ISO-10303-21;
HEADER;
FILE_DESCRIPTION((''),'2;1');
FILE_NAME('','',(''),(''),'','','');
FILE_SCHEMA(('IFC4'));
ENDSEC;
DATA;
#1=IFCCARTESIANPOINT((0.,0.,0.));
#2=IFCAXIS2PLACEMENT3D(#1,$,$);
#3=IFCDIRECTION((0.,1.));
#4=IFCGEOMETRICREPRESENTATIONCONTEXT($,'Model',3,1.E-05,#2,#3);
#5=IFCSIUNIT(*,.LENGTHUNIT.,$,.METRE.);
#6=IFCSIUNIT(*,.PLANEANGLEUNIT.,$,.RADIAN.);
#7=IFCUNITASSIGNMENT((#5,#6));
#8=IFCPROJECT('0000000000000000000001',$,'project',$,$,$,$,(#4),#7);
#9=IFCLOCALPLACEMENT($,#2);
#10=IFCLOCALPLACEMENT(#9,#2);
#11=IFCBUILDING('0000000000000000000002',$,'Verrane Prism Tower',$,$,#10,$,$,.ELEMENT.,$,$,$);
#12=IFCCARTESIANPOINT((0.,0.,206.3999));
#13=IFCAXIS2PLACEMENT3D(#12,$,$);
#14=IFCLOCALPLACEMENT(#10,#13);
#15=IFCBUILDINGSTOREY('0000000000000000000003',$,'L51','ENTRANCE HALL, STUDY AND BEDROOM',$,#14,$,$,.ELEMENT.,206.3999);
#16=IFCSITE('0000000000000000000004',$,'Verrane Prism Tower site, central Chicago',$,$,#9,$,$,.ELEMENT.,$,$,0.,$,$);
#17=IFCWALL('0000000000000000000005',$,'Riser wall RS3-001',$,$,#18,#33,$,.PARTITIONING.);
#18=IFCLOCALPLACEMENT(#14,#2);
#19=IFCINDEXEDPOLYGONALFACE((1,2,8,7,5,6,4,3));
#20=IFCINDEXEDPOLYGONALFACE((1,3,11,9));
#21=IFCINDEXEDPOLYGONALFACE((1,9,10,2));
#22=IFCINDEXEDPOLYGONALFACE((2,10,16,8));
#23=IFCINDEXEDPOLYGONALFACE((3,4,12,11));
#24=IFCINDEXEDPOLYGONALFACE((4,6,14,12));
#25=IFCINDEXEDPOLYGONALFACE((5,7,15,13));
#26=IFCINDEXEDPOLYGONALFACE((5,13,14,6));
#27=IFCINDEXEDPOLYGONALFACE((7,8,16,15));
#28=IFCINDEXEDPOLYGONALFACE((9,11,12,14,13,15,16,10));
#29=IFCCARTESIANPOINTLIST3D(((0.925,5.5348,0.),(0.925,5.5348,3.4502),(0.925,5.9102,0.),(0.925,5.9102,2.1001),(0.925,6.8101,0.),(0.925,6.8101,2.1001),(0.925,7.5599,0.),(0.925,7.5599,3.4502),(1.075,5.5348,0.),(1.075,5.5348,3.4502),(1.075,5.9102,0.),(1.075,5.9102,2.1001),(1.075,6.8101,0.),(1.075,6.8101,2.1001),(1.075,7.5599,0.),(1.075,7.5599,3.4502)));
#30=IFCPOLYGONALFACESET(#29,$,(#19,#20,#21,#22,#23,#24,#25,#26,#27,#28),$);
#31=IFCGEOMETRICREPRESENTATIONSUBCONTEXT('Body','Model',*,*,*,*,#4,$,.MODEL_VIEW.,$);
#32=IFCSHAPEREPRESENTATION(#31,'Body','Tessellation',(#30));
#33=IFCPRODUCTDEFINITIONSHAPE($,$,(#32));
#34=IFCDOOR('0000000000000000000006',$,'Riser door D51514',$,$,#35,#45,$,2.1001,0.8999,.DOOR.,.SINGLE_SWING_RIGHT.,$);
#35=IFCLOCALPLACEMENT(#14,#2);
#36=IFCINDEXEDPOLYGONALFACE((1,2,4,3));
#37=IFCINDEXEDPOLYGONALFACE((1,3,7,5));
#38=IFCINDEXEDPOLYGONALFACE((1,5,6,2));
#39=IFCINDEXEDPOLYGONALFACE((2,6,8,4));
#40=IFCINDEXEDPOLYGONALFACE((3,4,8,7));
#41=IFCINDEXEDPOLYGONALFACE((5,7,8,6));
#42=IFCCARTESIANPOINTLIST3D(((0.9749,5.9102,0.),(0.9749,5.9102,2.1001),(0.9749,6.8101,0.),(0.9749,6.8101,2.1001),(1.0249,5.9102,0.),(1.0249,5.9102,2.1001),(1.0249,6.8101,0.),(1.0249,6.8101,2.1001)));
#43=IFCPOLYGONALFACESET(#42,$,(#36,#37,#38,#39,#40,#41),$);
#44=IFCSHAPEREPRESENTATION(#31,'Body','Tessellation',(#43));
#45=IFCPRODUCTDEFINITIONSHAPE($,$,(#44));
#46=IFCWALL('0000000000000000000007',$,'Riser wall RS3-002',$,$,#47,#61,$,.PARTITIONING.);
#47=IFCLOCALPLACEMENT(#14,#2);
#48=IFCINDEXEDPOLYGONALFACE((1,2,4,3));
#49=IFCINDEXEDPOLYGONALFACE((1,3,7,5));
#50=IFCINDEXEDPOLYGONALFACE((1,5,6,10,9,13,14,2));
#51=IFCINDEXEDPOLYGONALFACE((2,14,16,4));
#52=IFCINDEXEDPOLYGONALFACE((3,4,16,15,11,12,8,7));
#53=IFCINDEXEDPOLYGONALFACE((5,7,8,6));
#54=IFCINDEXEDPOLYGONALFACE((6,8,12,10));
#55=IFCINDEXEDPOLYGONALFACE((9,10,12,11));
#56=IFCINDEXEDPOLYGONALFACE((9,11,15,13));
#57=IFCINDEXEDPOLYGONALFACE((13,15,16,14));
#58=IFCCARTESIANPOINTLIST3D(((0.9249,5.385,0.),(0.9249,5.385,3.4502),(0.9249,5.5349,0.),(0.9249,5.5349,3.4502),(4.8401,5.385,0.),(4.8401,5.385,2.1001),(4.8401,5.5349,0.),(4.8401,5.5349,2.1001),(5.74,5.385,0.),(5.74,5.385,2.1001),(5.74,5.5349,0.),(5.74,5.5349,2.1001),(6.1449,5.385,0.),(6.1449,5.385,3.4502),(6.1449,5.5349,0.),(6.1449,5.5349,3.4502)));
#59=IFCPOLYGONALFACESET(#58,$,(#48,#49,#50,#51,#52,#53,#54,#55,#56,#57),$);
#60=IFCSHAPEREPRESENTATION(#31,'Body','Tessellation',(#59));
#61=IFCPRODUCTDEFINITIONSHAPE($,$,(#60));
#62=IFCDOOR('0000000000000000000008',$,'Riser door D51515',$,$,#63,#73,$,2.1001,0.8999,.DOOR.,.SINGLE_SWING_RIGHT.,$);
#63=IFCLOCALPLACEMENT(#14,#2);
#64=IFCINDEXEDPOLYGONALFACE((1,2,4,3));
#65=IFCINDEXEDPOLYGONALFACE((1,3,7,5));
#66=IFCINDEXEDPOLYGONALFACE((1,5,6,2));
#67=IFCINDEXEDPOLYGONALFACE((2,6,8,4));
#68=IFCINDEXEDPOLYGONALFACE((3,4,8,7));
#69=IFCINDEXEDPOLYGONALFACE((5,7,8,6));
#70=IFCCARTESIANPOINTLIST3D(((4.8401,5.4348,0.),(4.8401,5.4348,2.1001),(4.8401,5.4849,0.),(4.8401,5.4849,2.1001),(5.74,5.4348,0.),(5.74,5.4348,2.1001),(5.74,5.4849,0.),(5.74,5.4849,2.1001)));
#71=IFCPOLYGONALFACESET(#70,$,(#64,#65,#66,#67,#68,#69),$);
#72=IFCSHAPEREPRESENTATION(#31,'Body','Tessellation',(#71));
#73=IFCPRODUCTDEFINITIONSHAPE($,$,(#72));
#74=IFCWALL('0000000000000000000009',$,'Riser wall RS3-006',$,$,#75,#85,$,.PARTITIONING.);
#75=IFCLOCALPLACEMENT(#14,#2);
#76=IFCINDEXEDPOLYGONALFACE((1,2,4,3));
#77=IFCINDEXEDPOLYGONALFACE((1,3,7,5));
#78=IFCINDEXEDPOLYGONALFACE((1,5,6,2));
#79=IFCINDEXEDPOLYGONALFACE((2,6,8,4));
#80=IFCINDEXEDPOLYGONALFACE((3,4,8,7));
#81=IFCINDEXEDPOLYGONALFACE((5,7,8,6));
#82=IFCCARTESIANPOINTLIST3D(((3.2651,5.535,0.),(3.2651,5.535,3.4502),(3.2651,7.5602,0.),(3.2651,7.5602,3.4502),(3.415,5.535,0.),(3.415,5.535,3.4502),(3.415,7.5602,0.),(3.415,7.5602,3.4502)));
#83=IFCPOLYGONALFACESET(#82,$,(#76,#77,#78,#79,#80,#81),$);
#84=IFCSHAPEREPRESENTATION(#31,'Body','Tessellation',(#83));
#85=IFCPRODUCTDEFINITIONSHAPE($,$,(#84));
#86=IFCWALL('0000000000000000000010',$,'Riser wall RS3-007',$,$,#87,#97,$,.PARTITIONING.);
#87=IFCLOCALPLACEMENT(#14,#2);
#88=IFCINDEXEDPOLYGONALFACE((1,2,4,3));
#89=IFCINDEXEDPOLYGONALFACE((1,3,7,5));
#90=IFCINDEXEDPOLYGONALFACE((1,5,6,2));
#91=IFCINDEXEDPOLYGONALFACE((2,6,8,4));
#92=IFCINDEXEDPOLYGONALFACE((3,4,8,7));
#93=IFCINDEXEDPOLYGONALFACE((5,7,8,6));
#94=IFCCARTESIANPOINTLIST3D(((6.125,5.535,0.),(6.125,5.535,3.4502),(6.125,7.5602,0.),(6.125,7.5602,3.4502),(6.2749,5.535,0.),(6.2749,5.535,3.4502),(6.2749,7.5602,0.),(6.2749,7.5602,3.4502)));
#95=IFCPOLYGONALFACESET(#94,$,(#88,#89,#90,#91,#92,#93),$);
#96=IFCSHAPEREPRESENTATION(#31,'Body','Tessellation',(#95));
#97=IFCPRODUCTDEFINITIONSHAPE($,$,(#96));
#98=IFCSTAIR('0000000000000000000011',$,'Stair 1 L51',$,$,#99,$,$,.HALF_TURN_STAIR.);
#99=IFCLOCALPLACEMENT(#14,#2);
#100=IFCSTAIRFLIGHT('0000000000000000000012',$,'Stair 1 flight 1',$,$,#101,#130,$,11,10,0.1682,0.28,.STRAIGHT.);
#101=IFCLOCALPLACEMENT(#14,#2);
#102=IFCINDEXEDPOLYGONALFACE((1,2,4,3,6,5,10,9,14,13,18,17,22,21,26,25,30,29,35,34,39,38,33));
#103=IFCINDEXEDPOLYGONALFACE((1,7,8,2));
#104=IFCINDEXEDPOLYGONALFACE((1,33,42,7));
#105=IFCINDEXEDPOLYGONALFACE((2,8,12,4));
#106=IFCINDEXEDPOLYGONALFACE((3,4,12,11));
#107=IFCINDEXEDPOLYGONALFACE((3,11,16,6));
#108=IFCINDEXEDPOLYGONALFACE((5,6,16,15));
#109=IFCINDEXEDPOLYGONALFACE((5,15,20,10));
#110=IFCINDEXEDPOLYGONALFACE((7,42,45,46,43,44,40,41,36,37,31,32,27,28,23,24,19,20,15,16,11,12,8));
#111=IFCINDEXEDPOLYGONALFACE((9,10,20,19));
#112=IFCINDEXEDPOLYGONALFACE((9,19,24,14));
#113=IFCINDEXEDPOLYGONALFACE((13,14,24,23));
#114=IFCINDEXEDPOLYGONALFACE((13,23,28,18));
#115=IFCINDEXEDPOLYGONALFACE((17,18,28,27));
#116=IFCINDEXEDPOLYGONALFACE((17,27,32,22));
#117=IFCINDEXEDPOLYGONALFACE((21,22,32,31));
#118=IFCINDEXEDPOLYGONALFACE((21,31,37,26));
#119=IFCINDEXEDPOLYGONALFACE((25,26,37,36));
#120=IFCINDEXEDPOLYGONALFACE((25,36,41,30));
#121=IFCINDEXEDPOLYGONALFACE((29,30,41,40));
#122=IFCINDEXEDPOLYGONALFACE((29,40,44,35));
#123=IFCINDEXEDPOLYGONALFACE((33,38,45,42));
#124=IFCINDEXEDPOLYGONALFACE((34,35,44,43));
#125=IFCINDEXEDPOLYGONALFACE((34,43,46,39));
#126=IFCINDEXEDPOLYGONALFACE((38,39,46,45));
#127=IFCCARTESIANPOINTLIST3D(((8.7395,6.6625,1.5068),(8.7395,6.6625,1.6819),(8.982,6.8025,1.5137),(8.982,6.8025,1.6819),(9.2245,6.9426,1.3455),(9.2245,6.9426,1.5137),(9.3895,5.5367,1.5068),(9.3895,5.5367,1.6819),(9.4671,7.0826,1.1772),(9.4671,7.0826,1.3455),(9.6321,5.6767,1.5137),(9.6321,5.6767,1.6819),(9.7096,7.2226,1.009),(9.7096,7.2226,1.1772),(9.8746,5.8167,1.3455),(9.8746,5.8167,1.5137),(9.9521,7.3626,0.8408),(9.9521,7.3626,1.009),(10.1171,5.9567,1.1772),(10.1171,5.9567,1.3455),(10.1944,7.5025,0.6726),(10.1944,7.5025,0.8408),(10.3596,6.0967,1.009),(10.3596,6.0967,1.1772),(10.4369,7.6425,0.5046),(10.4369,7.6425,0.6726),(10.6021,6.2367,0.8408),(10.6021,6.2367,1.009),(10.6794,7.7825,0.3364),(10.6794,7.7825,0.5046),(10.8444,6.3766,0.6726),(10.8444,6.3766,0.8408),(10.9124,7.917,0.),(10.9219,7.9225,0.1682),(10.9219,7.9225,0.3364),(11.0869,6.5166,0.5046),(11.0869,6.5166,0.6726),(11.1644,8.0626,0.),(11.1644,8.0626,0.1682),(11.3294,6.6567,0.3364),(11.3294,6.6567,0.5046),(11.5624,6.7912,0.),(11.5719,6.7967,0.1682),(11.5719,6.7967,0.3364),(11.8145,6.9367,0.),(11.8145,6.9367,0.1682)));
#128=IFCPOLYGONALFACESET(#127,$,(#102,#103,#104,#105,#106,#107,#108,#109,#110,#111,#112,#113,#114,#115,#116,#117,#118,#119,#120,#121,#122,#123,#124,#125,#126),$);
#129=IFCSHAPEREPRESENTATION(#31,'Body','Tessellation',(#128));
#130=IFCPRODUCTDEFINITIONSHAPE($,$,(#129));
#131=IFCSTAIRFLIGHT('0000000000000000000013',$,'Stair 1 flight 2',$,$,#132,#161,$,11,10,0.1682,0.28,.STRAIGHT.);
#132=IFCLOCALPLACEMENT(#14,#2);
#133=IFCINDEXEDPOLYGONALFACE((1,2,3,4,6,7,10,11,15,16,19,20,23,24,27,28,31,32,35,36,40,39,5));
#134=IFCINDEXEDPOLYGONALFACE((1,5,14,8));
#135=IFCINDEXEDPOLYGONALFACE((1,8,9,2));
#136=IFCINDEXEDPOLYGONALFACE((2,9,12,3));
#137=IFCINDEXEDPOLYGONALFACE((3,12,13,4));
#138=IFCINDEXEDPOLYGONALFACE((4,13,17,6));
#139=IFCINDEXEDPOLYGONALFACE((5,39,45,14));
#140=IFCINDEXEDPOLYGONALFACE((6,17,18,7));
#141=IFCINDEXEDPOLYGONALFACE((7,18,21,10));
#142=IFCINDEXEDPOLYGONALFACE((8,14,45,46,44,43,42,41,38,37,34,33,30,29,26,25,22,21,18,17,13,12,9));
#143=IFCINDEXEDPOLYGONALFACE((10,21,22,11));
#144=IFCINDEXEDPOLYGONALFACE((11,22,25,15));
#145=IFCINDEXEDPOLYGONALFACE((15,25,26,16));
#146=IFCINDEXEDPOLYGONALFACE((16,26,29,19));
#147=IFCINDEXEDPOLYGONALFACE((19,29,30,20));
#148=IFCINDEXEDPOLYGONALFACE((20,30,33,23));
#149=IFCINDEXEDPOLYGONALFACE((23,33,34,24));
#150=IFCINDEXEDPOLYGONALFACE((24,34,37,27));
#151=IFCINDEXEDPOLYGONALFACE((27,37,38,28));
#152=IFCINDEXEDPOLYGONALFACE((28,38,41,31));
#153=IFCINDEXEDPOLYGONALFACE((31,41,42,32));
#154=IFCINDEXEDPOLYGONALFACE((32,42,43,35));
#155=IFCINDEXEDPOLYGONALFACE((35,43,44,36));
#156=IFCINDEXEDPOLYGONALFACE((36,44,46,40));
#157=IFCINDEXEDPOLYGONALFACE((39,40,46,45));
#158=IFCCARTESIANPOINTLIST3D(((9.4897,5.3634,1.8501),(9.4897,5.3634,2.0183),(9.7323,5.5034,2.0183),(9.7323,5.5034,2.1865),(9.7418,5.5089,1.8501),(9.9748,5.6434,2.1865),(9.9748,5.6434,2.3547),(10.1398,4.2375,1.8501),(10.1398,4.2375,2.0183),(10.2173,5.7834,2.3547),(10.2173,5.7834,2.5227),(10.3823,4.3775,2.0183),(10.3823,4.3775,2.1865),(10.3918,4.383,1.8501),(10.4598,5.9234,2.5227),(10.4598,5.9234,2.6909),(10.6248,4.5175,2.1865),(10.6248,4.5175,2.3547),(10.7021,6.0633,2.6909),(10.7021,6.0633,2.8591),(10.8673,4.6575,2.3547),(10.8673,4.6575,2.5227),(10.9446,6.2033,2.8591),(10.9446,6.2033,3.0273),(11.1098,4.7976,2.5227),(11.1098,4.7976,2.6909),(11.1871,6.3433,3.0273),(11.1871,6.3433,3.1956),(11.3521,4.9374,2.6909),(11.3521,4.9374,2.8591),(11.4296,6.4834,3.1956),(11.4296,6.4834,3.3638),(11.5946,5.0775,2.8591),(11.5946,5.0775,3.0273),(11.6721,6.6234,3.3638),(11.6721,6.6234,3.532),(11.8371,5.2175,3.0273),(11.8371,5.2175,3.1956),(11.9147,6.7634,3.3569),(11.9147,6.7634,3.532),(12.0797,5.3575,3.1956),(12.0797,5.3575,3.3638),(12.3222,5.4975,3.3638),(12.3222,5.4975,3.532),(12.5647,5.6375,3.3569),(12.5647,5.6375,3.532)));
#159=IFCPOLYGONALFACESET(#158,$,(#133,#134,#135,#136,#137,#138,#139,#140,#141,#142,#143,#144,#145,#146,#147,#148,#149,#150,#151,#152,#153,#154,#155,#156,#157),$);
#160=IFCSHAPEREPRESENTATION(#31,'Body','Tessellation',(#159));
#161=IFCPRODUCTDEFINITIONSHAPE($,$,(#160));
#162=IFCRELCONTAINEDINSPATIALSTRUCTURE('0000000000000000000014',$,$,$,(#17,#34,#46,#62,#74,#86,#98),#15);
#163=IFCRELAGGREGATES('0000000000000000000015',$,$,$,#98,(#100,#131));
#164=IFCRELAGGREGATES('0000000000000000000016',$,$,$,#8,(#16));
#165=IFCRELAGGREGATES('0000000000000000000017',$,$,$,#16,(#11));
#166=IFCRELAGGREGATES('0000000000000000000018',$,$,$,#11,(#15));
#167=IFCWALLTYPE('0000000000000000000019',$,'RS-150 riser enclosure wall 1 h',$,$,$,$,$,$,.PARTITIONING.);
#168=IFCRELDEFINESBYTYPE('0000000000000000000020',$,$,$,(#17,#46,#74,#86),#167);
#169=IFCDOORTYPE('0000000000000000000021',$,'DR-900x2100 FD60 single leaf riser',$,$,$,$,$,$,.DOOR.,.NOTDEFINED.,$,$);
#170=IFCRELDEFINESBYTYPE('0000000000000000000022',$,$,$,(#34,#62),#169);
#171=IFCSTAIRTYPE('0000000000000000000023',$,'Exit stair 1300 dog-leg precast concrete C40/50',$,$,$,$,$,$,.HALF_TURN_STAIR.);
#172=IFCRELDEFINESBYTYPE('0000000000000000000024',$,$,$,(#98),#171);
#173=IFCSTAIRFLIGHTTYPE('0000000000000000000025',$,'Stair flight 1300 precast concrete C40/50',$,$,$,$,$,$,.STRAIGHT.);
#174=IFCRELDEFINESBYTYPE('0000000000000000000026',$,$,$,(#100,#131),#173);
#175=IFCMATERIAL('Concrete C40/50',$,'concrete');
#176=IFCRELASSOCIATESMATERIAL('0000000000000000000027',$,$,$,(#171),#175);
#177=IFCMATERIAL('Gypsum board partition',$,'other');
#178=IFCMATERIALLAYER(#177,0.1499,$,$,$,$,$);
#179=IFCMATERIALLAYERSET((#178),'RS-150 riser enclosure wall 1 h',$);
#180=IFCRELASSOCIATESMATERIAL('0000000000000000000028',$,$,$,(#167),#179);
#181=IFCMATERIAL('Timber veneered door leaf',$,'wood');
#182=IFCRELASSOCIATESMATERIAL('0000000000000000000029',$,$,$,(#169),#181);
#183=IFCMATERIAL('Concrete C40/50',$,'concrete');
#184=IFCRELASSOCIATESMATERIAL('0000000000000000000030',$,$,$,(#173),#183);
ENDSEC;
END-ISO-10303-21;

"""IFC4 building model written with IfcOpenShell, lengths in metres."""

from ifc_helpers import new_model, si_unit, direction, frame, frame_2d, origin, place, context, subcontext, project, spatial, polyline, rectangle, outline, extrude, material, layer, layer_set, type_object, element, fill, aggregate, save


model = new_model("IFC4")

# Units and contexts
model_context = context("Model", 3, precision=1e-05, world=origin(), true_north=direction((0.0, 1.0)))
body_context = subcontext(model_context, "Body", "Model", "MODEL_VIEW")
ifc_project = project(units=[si_unit("LENGTHUNIT", "METRE"), si_unit("PLANEANGLEUNIT", "RADIAN")], contexts=[model_context])

# Site, building, storey
site_placement = place(None, origin())
site = spatial("IfcSite", under=ifc_project, at=site_placement, Name="Verrane Prism Tower site, central Chicago", CompositionType="ELEMENT", RefElevation=0.0)
building_placement = place(site_placement, origin())
building = spatial("IfcBuilding", under=site, at=building_placement, Name="Verrane Prism Tower", CompositionType="ELEMENT")
storey_placement = place(building_placement, frame((0.0, 0.0, 206.3999)))
storey = spatial("IfcBuildingStorey", under=building, at=storey_placement, Name="L51", Description="ENTRANCE HALL, STUDY AND BEDROOM", CompositionType="ELEMENT", Elevation=206.3999)

# Shared definitions
ifc_material_1 = material(Name="Concrete C40/50", Category="concrete")
stair_type = type_object("IfcStairType", Name="Exit stair 1300 dog-leg precast concrete C40/50", PredefinedType="HALF_TURN_STAIR", material=ifc_material_1)

# Walls, openings, doors
ifc_material_2 = material(Name="Gypsum board partition", Category="other")
ifc_layer_1 = layer(ifc_material_2, 0.1499)
ifc_layer_set_1 = layer_set([ifc_layer_1], Name="RS-150 riser enclosure wall 1 h")
wall_type_1 = type_object("IfcWallType", Name="RS-150 riser enclosure wall 1 h", PredefinedType="PARTITIONING", material=ifc_layer_set_1)
wall_1_placement = place(storey_placement, frame((1.0, 7.5601, 0.0), z_axis=(0.0, 0.0, 1.0), x_axis=(0.0, -1.0, 0.0)))
wall_1 = element("IfcWall", 1, at=wall_1_placement, inside=storey, type_object=wall_type_1, Name="Riser wall RS3-001", PredefinedType="PARTITIONING", context=body_context, shape_type="SweptSolid", body=[
    extrude(rectangle(XDim=2.0251, YDim=0.1499, at=frame_2d((1.0127, 0.0))), origin(), (0.0, 0.0, 1.0), 3.4502),
])
opening_1_placement = place(wall_1_placement, frame((0.75, 0.0, 0.0)))
opening_1 = element("IfcOpeningElement", 2, at=opening_1_placement, cuts=wall_1, PredefinedType="OPENING", context=body_context, shape_type="SweptSolid", body=[
    extrude(rectangle(XDim=0.8999, YDim=2.1001, at=frame_2d((0.45, 1.05))), frame((0.0, 0.085, 0.0), z_axis=(0.0, -1.0, 0.0), x_axis=(1.0, 0.0, 0.0)), (0.0, 0.0, 1.0), 0.1699),
])
ifc_material_3 = material(Name="Timber veneered door leaf", Category="wood")
door_type_1 = type_object("IfcDoorType", Name="DR-900x2100 FD60 single leaf riser", OperationType="NOTDEFINED", PredefinedType="DOOR", material=ifc_material_3)
door_1_placement = place(opening_1_placement, origin())
door_1 = element("IfcDoor", 3, at=door_1_placement, inside=storey, type_object=door_type_1, Name="Riser door D51514", OperationType="SINGLE_SWING_RIGHT", OverallHeight=2.1001, OverallWidth=0.8999, PredefinedType="DOOR", context=body_context, shape_type="SweptSolid", body=[
    extrude(rectangle(XDim=0.8999, YDim=2.1001, at=frame_2d((0.45, 1.05))), frame((0.0, 0.0249, 0.0), z_axis=(0.0, -1.0, 0.0), x_axis=(1.0, 0.0, 0.0)), (0.0, 0.0, 1.0), 0.05),
])
fill(opening_1, door_1)
wall_2_placement = place(storey_placement, frame((0.925, 5.46, 0.0), z_axis=(0.0, 0.0, 1.0), x_axis=(1.0, 0.0, 0.0)))
wall_2 = element("IfcWall", 4, at=wall_2_placement, inside=storey, type_object=wall_type_1, Name="Riser wall RS3-002", PredefinedType="PARTITIONING", context=body_context, shape_type="SweptSolid", body=[
    extrude(rectangle(XDim=5.22, YDim=0.1499, at=frame_2d((2.6099, 0.0))), origin(), (0.0, 0.0, 1.0), 3.4502),
])
opening_2_placement = place(wall_2_placement, frame((3.915, 0.0, 0.0)))
opening_2 = element("IfcOpeningElement", 5, at=opening_2_placement, cuts=wall_2, PredefinedType="OPENING", context=body_context, shape_type="SweptSolid", body=[
    extrude(rectangle(XDim=0.8999, YDim=2.1001, at=frame_2d((0.45, 1.05))), frame((0.0, 0.085, 0.0), z_axis=(0.0, -1.0, 0.0), x_axis=(1.0, 0.0, 0.0)), (0.0, 0.0, 1.0), 0.1699),
])
door_2_placement = place(opening_2_placement, origin())
door_2 = element("IfcDoor", 6, at=door_2_placement, inside=storey, type_object=door_type_1, Name="Riser door D51515", OperationType="SINGLE_SWING_RIGHT", OverallHeight=2.1001, OverallWidth=0.8999, PredefinedType="DOOR", context=body_context, shape_type="SweptSolid", body=[
    extrude(rectangle(XDim=0.8999, YDim=2.1001, at=frame_2d((0.45, 1.05))), frame((0.0, 0.0249, 0.0), z_axis=(0.0, -1.0, 0.0), x_axis=(1.0, 0.0, 0.0)), (0.0, 0.0, 1.0), 0.05),
])
fill(opening_2, door_2)

# Walls
for number, where, z_axis, x_axis, name in (
    (7, (3.3401, 5.5349, 0.0), (0.0, 0.0, 1.0), (0.0, 1.0, 0.0), "Riser wall RS3-006"),
    (8, (6.2, 5.5349, 0.0), (0.0, 0.0, 1.0), (0.0, 1.0, 0.0), "Riser wall RS3-007"),
):
    element("IfcWall", number, at=place(storey_placement, frame(where, z_axis=z_axis, x_axis=x_axis)), inside=storey, type_object=wall_type_1, Name=name, PredefinedType="PARTITIONING", context=body_context, shape_type="SweptSolid", body=[
        extrude(rectangle(XDim=2.0251, YDim=0.1499, at=frame_2d((1.0127, 0.0))), origin(), (0.0, 0.0, 1.0), 3.4502),
    ])

# Stair, stair flights
stair_1_placement = place(storey_placement, origin())
stair_1 = element("IfcStair", 9, at=stair_1_placement, inside=storey, type_object=stair_type, Name="Stair 1 L51", PredefinedType="HALF_TURN_STAIR")
ifc_material_4 = material(Name="Concrete C40/50", Category="concrete")
stair_flight_type = type_object("IfcStairFlightType", Name="Stair flight 1300 precast concrete C40/50", PredefinedType="STRAIGHT", material=ifc_material_4)
stair_flight_1_placement = place(storey_placement, frame((11.4895, 7.4995, 0.0), z_axis=(0.0, 0.0, 1.0), x_axis=(-0.866025, -0.5, 0.0)))
stair_flight_1 = element("IfcStairFlight", 10, at=stair_flight_1_placement, type_object=stair_flight_type, Name="Stair 1 flight 1", NumberOfRisers=11, NumberOfTreads=10, PredefinedType="STRAIGHT", RiserHeight=0.1682, TreadLength=0.28, context=body_context, shape_type="SweptSolid", body=[
    extrude(outline(polyline([(0.0, 0.0), (0.0, 0.1682), (0.28, 0.1682), (0.28, 0.3364), (0.5601, 0.3364), (0.5601, 0.5046), (0.8401, 0.5046), (0.8401, 0.6726), (1.1201, 0.6726), (1.1201, 0.8408), (1.3999, 0.8408), (1.3999, 1.009), (1.6799, 1.009), (1.6799, 1.1772), (1.96, 1.1772), (1.96, 1.3455), (2.24, 1.3455), (2.24, 1.5137), (2.52, 1.5137), (2.52, 1.6819), (2.8, 1.6819), (2.8, 1.8501), (2.8, 1.5068), (0.291, 0.0), (0.0, 0.0)])), frame((0.0, 0.6499, 0.0), z_axis=(0.0, -1.0, 0.0), x_axis=(1.0, 0.0, 0.0)), (0.0, 0.0, 1.0), 1.3),
])
stair_flight_2_placement = place(storey_placement, frame((9.8147, 4.8005, 1.8501), z_axis=(0.0, 0.0, 1.0), x_axis=(0.866025, 0.5, 0.0)))
stair_flight_2 = element("IfcStairFlight", 11, at=stair_flight_2_placement, type_object=stair_flight_type, Name="Stair 1 flight 2", NumberOfRisers=11, NumberOfTreads=10, PredefinedType="STRAIGHT", RiserHeight=0.1682, TreadLength=0.28, context=body_context, shape_type="SweptSolid", body=[
    extrude(outline(polyline([(0.0, 0.0), (0.0, 0.1682), (0.28, 0.1682), (0.28, 0.3364), (0.5601, 0.3364), (0.5601, 0.5046), (0.8401, 0.5046), (0.8401, 0.6726), (1.1201, 0.6726), (1.1201, 0.8408), (1.3999, 0.8408), (1.3999, 1.009), (1.6799, 1.009), (1.6799, 1.1772), (1.96, 1.1772), (1.96, 1.3455), (2.24, 1.3455), (2.24, 1.5137), (2.52, 1.5137), (2.52, 1.6819), (2.8, 1.6819), (2.8, 1.8501), (2.8, 1.5068), (0.291, 0.0), (0.0, 0.0)])), frame((0.0, 0.6499, 0.0), z_axis=(0.0, -1.0, 0.0), x_axis=(1.0, 0.0, 0.0)), (0.0, 0.0, 1.0), 1.3),
])
aggregate(stair_1, [stair_flight_1, stair_flight_2])

save(model, "model.ifc")
